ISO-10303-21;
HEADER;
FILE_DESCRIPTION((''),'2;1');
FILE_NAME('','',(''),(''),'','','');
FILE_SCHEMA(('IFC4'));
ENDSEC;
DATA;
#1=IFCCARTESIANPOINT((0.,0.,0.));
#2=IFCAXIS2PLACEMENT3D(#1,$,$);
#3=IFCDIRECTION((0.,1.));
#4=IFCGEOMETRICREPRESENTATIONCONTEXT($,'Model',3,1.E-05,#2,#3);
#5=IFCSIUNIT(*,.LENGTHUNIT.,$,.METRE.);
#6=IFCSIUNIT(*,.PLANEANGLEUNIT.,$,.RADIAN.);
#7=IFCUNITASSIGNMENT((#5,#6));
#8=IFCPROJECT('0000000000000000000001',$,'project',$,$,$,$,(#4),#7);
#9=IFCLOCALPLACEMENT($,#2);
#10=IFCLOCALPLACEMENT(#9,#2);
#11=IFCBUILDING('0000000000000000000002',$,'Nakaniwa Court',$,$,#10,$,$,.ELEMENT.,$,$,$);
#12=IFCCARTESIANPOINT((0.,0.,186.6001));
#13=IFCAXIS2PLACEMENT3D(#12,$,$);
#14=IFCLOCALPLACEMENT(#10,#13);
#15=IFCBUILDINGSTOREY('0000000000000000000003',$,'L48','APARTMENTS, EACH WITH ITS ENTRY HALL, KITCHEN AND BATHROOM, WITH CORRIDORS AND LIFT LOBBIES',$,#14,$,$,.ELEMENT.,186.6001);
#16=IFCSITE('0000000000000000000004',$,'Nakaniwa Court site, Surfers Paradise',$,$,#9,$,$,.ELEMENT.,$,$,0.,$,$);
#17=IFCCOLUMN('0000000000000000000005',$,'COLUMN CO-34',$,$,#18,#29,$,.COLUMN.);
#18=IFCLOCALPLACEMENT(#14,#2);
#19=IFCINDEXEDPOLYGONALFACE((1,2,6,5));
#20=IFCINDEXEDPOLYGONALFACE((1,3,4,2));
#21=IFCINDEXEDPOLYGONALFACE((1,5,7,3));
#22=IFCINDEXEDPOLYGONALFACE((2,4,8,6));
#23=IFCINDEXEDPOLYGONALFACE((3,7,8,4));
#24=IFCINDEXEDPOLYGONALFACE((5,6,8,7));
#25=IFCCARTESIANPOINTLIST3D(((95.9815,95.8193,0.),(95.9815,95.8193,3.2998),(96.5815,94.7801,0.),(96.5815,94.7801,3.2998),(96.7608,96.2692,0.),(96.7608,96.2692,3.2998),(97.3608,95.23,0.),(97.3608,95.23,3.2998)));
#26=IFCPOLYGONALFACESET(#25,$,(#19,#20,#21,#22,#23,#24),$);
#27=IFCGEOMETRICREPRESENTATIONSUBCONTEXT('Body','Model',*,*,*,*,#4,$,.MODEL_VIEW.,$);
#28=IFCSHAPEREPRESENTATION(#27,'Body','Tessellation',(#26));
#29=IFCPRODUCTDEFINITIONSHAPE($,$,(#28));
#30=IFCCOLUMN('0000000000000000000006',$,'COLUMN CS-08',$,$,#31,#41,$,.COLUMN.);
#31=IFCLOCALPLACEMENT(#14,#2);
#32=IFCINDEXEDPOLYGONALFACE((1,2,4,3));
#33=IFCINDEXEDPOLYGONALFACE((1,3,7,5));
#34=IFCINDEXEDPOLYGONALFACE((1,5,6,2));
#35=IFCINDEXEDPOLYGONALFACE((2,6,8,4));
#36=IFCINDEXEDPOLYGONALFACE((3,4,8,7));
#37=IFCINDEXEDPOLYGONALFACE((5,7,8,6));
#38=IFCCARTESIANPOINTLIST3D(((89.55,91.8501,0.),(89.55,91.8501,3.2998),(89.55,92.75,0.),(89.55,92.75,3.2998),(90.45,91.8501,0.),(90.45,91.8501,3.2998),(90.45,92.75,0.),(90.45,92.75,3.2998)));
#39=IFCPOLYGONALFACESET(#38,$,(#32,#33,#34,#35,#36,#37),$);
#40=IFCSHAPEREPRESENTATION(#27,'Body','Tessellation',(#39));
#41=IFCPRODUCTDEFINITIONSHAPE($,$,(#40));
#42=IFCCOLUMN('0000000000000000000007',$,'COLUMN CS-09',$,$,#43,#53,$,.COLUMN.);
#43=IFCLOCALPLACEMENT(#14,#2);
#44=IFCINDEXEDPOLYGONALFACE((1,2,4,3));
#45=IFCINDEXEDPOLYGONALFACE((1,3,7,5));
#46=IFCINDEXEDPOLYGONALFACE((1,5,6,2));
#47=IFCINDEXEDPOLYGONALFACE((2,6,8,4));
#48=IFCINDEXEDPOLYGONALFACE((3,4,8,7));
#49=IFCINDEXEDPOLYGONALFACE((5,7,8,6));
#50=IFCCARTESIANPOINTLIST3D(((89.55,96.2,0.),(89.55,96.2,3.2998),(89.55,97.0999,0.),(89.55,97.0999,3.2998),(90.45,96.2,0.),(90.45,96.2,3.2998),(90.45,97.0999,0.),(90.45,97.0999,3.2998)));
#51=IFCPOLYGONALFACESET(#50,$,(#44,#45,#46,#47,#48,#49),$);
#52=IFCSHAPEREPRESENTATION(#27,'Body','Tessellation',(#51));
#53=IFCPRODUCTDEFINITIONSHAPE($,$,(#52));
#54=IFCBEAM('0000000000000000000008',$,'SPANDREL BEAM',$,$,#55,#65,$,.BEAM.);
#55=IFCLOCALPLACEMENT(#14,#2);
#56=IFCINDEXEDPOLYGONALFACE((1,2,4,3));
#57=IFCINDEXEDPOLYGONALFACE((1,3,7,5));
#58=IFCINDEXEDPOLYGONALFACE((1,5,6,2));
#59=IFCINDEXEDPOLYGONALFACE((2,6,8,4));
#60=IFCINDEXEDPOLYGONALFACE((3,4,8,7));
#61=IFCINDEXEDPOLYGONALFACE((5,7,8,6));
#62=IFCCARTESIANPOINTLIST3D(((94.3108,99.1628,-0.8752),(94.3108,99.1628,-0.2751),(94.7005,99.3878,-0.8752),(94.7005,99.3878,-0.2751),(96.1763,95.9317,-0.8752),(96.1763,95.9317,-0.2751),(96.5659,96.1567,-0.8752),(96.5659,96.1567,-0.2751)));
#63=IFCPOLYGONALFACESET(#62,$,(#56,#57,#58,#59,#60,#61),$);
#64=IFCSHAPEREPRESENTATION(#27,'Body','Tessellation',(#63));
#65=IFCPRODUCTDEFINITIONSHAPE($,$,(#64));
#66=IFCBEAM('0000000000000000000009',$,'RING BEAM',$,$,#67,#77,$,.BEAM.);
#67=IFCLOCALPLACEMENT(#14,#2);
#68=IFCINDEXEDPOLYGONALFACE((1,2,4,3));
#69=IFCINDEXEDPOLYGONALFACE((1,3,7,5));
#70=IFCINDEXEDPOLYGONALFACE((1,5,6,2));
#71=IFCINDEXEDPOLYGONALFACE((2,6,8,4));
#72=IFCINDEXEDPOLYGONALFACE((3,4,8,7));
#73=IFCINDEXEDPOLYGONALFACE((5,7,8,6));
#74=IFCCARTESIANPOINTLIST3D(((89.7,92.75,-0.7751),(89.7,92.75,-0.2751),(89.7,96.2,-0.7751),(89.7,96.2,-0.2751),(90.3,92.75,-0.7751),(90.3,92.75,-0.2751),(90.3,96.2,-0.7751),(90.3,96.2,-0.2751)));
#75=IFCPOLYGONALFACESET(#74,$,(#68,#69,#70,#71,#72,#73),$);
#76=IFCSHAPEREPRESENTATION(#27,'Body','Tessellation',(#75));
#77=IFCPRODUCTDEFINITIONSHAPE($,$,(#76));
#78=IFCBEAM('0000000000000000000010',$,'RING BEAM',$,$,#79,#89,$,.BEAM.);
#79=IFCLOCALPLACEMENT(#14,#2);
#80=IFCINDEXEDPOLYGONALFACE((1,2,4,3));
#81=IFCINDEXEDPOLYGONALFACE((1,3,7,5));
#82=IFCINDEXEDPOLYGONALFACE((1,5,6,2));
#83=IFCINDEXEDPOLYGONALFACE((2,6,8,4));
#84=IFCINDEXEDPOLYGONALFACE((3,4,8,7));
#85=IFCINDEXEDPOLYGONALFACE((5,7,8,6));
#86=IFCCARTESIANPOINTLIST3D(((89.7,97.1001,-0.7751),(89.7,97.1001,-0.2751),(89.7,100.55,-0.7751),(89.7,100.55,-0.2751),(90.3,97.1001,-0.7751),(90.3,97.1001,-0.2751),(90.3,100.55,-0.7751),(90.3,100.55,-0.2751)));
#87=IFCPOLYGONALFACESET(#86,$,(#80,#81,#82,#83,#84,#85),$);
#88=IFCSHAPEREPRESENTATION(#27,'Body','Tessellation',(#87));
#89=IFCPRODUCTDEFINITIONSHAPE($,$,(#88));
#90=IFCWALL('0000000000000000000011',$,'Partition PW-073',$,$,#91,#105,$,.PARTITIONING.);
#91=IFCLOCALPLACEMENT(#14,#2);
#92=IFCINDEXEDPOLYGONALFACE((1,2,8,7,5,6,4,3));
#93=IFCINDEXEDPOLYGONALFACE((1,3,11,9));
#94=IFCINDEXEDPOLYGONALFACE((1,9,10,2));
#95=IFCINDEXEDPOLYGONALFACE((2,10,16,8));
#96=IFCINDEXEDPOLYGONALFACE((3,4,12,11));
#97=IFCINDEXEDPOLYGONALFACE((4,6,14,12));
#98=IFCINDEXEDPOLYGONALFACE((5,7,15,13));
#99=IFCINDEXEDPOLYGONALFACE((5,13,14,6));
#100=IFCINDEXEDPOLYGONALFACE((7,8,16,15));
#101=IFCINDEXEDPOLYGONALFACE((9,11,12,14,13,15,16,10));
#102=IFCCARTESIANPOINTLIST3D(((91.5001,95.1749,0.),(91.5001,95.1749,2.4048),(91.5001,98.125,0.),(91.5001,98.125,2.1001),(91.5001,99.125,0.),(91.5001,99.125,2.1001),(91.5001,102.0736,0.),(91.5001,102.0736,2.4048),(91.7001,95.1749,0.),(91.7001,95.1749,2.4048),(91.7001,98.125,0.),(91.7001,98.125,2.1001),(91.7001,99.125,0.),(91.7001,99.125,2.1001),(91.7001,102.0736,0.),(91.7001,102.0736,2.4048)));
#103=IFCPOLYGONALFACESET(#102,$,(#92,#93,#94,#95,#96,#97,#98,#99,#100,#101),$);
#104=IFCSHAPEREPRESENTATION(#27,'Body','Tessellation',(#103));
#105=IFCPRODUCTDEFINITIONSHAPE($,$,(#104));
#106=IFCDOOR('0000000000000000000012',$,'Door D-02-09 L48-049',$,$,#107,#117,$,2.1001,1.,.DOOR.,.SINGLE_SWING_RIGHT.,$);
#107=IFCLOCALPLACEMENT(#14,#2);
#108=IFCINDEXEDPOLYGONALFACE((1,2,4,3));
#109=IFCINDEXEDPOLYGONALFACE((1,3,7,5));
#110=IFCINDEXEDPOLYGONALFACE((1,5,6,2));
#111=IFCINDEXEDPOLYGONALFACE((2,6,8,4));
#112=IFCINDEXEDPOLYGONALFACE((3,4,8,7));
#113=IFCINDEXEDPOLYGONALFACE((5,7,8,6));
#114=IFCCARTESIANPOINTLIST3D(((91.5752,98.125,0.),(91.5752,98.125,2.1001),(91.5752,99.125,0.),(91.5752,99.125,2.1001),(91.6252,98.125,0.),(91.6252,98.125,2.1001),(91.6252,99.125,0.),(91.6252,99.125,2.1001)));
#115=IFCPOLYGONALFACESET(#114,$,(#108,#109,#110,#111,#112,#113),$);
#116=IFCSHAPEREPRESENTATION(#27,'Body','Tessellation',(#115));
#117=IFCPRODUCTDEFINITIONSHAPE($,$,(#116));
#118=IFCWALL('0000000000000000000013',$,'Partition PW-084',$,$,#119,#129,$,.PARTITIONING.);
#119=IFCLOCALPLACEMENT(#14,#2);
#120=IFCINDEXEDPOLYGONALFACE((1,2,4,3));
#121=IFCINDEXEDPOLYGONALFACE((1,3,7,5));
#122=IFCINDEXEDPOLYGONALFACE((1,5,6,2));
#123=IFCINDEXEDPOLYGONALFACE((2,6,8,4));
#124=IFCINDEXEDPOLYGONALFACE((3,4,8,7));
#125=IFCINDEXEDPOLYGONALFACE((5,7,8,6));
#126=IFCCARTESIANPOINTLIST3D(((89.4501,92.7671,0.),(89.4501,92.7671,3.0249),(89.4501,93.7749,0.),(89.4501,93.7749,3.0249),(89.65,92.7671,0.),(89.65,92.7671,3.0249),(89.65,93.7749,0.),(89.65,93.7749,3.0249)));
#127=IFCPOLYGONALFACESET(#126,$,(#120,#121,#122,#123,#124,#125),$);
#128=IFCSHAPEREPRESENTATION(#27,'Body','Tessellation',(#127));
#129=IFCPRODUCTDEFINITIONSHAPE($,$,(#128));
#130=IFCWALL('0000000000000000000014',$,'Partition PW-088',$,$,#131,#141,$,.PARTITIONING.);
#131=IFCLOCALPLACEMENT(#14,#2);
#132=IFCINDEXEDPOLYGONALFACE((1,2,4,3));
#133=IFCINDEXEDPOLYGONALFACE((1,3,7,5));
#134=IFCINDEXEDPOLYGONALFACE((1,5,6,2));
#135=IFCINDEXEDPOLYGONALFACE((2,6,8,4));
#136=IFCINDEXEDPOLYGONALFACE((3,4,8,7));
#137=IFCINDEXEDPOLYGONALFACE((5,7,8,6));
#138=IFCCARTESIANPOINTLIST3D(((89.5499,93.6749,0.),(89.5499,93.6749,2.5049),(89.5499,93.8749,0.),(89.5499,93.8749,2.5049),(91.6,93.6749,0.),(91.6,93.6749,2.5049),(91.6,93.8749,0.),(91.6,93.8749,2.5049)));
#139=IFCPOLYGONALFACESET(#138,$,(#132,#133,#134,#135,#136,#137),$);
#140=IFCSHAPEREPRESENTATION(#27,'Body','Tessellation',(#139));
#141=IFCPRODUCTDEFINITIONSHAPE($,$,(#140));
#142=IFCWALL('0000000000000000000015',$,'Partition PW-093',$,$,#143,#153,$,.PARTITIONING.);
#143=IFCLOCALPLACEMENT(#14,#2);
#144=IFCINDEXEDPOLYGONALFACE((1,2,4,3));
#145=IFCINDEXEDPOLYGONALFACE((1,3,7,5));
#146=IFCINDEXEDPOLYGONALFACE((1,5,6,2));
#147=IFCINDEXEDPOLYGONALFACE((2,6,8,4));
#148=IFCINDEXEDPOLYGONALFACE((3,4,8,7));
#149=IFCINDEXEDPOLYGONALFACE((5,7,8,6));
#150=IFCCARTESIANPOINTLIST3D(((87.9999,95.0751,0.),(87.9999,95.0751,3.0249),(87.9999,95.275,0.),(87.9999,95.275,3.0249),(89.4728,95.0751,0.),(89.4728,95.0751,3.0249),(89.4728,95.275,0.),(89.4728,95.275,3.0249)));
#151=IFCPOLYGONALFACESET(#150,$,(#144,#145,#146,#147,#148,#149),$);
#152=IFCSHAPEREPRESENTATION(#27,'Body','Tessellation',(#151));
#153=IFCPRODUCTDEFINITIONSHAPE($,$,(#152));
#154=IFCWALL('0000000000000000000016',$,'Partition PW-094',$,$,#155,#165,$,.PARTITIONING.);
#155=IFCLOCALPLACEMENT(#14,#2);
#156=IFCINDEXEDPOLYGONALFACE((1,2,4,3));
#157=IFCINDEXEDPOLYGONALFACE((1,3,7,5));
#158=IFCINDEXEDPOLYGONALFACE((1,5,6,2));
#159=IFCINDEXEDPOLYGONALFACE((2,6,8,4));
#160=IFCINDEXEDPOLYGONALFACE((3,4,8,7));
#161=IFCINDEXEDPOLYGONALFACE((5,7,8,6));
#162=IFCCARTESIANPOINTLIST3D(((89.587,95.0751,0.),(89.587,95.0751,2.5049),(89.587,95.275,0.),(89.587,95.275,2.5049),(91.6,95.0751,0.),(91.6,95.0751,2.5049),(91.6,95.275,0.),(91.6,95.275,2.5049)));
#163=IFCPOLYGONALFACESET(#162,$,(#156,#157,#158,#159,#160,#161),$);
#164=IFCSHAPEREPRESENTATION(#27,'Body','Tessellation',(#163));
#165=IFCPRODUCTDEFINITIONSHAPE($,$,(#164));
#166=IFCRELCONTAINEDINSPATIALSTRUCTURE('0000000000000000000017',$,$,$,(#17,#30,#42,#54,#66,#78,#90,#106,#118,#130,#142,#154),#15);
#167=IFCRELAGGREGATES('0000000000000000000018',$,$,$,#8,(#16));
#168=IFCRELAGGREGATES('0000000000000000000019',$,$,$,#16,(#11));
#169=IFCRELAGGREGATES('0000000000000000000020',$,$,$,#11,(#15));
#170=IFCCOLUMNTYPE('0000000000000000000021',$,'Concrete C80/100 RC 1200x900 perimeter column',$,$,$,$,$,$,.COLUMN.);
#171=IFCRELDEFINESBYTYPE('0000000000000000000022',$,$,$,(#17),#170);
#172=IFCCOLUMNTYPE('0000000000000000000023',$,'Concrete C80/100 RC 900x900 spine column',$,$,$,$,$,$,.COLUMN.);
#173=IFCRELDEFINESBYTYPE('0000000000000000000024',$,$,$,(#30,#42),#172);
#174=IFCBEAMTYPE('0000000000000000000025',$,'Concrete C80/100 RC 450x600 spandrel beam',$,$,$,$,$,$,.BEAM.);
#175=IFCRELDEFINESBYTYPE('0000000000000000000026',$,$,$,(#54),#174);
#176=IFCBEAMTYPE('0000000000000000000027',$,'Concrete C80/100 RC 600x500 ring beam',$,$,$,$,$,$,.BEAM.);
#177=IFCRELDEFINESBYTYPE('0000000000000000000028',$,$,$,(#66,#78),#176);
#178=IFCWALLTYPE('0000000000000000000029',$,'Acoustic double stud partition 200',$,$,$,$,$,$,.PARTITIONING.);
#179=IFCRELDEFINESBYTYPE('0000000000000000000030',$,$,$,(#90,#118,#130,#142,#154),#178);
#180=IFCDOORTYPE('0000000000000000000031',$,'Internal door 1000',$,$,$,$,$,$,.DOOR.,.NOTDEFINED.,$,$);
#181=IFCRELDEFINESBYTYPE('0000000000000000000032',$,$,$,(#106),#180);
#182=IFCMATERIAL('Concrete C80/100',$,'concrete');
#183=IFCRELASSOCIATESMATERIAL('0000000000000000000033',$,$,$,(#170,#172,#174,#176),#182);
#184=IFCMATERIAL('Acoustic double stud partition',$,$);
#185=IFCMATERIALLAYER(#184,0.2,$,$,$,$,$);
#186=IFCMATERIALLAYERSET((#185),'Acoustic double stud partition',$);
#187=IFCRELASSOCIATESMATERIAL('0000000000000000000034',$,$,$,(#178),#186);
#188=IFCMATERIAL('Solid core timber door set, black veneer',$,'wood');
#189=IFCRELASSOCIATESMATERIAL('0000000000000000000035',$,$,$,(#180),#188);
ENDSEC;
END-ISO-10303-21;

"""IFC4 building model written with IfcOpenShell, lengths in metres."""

from ifc_helpers import new_model, si_unit, direction, frame, frame_2d, origin, origin_2d, place, context, subcontext, project, spatial, rectangle, extrude, material, layer, layer_set, material_profile, profile_set, type_object, element, fill, save


model = new_model("IFC4")

# Units and contexts
model_context = context("Model", 3, precision=1e-05, world=origin(), true_north=direction((0.0, 1.0)))
body_context = subcontext(model_context, "Body", "Model", "MODEL_VIEW")
ifc_project = project(units=[si_unit("LENGTHUNIT", "METRE"), si_unit("PLANEANGLEUNIT", "RADIAN")], contexts=[model_context])

# Site, building, storey
site_placement = place(None, origin())
site = spatial("IfcSite", under=ifc_project, at=site_placement, Name="Nakaniwa Court site, Surfers Paradise", CompositionType="ELEMENT", RefElevation=0.0)
building_placement = place(site_placement, origin())
building = spatial("IfcBuilding", under=site, at=building_placement, Name="Nakaniwa Court", CompositionType="ELEMENT")
storey_placement = place(building_placement, frame((0.0, 0.0, 186.6001)))
storey = spatial("IfcBuildingStorey", under=building, at=storey_placement, Name="L48", Description="APARTMENTS, EACH WITH ITS ENTRY HALL, KITCHEN AND BATHROOM, WITH CORRIDORS AND LIFT LOBBIES", CompositionType="ELEMENT", Elevation=186.6001)

# Columns
ifc_material_1 = material(Name="Concrete C80/100", Category="concrete")
ifc_material_profile_1 = material_profile(ifc_material_1, rectangle(XDim=1.2, YDim=0.8999, at=origin_2d()), Name="Concrete C80/100 RC 1200x900 perimeter column")
ifc_profile_set_1 = profile_set([ifc_material_profile_1], Name="Concrete C80/100")
column_type_1 = type_object("IfcColumnType", Name="Concrete C80/100 RC 1200x900 perimeter column", PredefinedType="COLUMN", material=ifc_profile_set_1)
column_placement = place(storey_placement, frame((96.6711, 95.5247, 0.0), z_axis=(0.0, 0.0, 1.0), x_axis=(-0.5, 0.866025, 0.0)))
element("IfcColumn", 1, at=column_placement, inside=storey, type_object=column_type_1, Name="COLUMN CO-34", PredefinedType="COLUMN", context=body_context, shape_type="SweptSolid", body=[
    extrude(rectangle(XDim=1.2, YDim=0.8999, at=origin_2d()), origin(), (0.0, 0.0, 1.0), 3.2998),
])
ifc_material_profile_2 = material_profile(ifc_material_1, rectangle(XDim=0.8999, YDim=0.8999, at=origin_2d()), Name="Concrete C80/100 RC 900x900 spine column")
ifc_profile_set_2 = profile_set([ifc_material_profile_2], Name="Concrete C80/100")
column_type_2 = type_object("IfcColumnType", Name="Concrete C80/100 RC 900x900 spine column", PredefinedType="COLUMN", material=ifc_profile_set_2)
for number, where, z_axis, x_axis, name in (
    (2, (90.0, 92.3, 0.0), (0.0, 0.0, 1.0), (0.0, 1.0, 0.0), "COLUMN CS-08"),
    (3, (90.0, 96.6499, 0.0), (0.0, 0.0, 1.0), (0.0, 1.0, 0.0), "COLUMN CS-09"),
):
    element("IfcColumn", number, at=place(storey_placement, frame(where, z_axis=z_axis, x_axis=x_axis)), inside=storey, type_object=column_type_2, Name=name, PredefinedType="COLUMN", context=body_context, shape_type="SweptSolid", body=[
        extrude(rectangle(XDim=0.8999, YDim=0.8999, at=origin_2d()), origin(), (0.0, 0.0, 1.0), 3.2998),
    ])

# Beams
ifc_material_profile_3 = material_profile(ifc_material_1, rectangle(XDim=0.45, YDim=0.6001, at=origin_2d()), Name="Concrete C80/100 RC 450x600 spandrel beam")
ifc_profile_set_3 = profile_set([ifc_material_profile_3], Name="Concrete C80/100")
beam_type_1 = type_object("IfcBeamType", Name="Concrete C80/100 RC 450x600 spandrel beam", PredefinedType="BEAM", material=ifc_profile_set_3)
beam_placement = place(storey_placement, frame((96.3711, 96.0442, -0.5752), z_axis=(-0.499989, 0.866032, 0.0), x_axis=(-0.866032, -0.499989, 0.0)))
element("IfcBeam", 4, at=beam_placement, inside=storey, type_object=beam_type_1, Name="SPANDREL BEAM", PredefinedType="BEAM", context=body_context, shape_type="SweptSolid", body=[
    extrude(rectangle(XDim=0.45, YDim=0.6001, at=origin_2d()), origin(), (0.0, 0.0, 1.0), 3.731),
])
ifc_material_profile_4 = material_profile(ifc_material_1, rectangle(XDim=0.6001, YDim=0.5, at=origin_2d()), Name="Concrete C80/100 RC 600x500 ring beam")
ifc_profile_set_4 = profile_set([ifc_material_profile_4], Name="Concrete C80/100")
beam_type_2 = type_object("IfcBeamType", Name="Concrete C80/100 RC 600x500 ring beam", PredefinedType="BEAM", material=ifc_profile_set_4)
for number, where, z_axis, x_axis, name in (
    (5, (90.0, 92.75, -0.5251), (0.0, 1.0, 0.0), (-1.0, 0.0, 0.0), "RING BEAM"),
    (6, (90.0, 97.1001, -0.5251), (0.0, 1.0, 0.0), (-1.0, 0.0, 0.0), "RING BEAM"),
):
    element("IfcBeam", number, at=place(storey_placement, frame(where, z_axis=z_axis, x_axis=x_axis)), inside=storey, type_object=beam_type_2, Name=name, PredefinedType="BEAM", context=body_context, shape_type="SweptSolid", body=[
        extrude(rectangle(XDim=0.6001, YDim=0.5, at=origin_2d()), origin(), (0.0, 0.0, 1.0), 3.45),
    ])

# Wall, opening, door
ifc_material_2 = material(Name="Acoustic double stud partition")
ifc_layer_1 = layer(ifc_material_2, 0.2)
ifc_layer_set_1 = layer_set([ifc_layer_1], Name="Acoustic double stud partition")
wall_type_1 = type_object("IfcWallType", Name="Acoustic double stud partition 200", PredefinedType="PARTITIONING", material=ifc_layer_set_1)
wall_1_placement = place(storey_placement, frame((91.6001, 95.175, 0.0), z_axis=(0.0, 0.0, 1.0), x_axis=(0.0, 1.0, 0.0)))
wall_1 = element("IfcWall", 7, at=wall_1_placement, inside=storey, type_object=wall_type_1, Name="Partition PW-073", PredefinedType="PARTITIONING", context=body_context, shape_type="SweptSolid", body=[
    extrude(rectangle(XDim=6.8987, YDim=0.2, at=frame_2d((3.4492, 0.0))), origin(), (0.0, 0.0, 1.0), 2.4048),
])
opening_1_placement = place(wall_1_placement, frame((2.95, 0.0, 0.0)))
opening_1 = element("IfcOpeningElement", 8, at=opening_1_placement, cuts=wall_1, PredefinedType="OPENING", context=body_context, shape_type="SweptSolid", body=[
    extrude(rectangle(XDim=1.0, YDim=2.1001, at=frame_2d((0.5, 1.05))), frame((0.0, 0.1099, 0.0), z_axis=(0.0, -1.0, 0.0), x_axis=(1.0, 0.0, 0.0)), (0.0, 0.0, 1.0), 0.22),
])
ifc_material_3 = material(Name="Solid core timber door set, black veneer", Category="wood")
door_type = type_object("IfcDoorType", Name="Internal door 1000", OperationType="NOTDEFINED", PredefinedType="DOOR", material=ifc_material_3)
door_placement = place(opening_1_placement, origin())
door = element("IfcDoor", 9, at=door_placement, inside=storey, type_object=door_type, Name="Door D-02-09 L48-049", OperationType="SINGLE_SWING_RIGHT", OverallHeight=2.1001, OverallWidth=1.0, PredefinedType="DOOR", context=body_context, shape_type="SweptSolid", body=[
    extrude(rectangle(XDim=1.0, YDim=2.1001, at=frame_2d((0.5, 1.05))), frame((0.0, 0.0249, 0.0), z_axis=(0.0, -1.0, 0.0), x_axis=(1.0, 0.0, 0.0)), (0.0, 0.0, 1.0), 0.05),
])
fill(opening_1, door)

# Walls
wall_2_placement = place(storey_placement, frame((89.55, 92.7671, 0.0), z_axis=(0.0, 0.0, 1.0), x_axis=(0.0, 1.0, 0.0)))
element("IfcWall", 10, at=wall_2_placement, inside=storey, type_object=wall_type_1, Name="Partition PW-084", PredefinedType="PARTITIONING", context=body_context, shape_type="SweptSolid", body=[
    extrude(rectangle(XDim=1.0078, YDim=0.2, at=frame_2d((0.5039, 0.0))), origin(), (0.0, 0.0, 1.0), 3.0249),
])
wall_3_placement = place(storey_placement, frame((89.55, 93.7749, 0.0), z_axis=(0.0, 0.0, 1.0), x_axis=(1.0, 0.0, 0.0)))
element("IfcWall", 11, at=wall_3_placement, inside=storey, type_object=wall_type_1, Name="Partition PW-088", PredefinedType="PARTITIONING", context=body_context, shape_type="SweptSolid", body=[
    extrude(rectangle(XDim=2.05, YDim=0.2, at=frame_2d((1.0249, 0.0))), origin(), (0.0, 0.0, 1.0), 2.5049),
])
wall_4_placement = place(storey_placement, frame((88.0, 95.175, 0.0), z_axis=(0.0, 0.0, 1.0), x_axis=(1.0, 0.0, 0.0)))
element("IfcWall", 12, at=wall_4_placement, inside=storey, type_object=wall_type_1, Name="Partition PW-093", PredefinedType="PARTITIONING", context=body_context, shape_type="SweptSolid", body=[
    extrude(rectangle(XDim=1.4729, YDim=0.2, at=frame_2d((0.7363, 0.0))), origin(), (0.0, 0.0, 1.0), 3.0249),
])
wall_5_placement = place(storey_placement, frame((89.5872, 95.175, 0.0), z_axis=(0.0, 0.0, 1.0), x_axis=(1.0, 0.0, 0.0)))
element("IfcWall", 13, at=wall_5_placement, inside=storey, type_object=wall_type_1, Name="Partition PW-094", PredefinedType="PARTITIONING", context=body_context, shape_type="SweptSolid", body=[
    extrude(rectangle(XDim=2.0129, YDim=0.2, at=frame_2d((1.0063, 0.0))), origin(), (0.0, 0.0, 1.0), 2.5049),
])

save(model, "model.ifc")
